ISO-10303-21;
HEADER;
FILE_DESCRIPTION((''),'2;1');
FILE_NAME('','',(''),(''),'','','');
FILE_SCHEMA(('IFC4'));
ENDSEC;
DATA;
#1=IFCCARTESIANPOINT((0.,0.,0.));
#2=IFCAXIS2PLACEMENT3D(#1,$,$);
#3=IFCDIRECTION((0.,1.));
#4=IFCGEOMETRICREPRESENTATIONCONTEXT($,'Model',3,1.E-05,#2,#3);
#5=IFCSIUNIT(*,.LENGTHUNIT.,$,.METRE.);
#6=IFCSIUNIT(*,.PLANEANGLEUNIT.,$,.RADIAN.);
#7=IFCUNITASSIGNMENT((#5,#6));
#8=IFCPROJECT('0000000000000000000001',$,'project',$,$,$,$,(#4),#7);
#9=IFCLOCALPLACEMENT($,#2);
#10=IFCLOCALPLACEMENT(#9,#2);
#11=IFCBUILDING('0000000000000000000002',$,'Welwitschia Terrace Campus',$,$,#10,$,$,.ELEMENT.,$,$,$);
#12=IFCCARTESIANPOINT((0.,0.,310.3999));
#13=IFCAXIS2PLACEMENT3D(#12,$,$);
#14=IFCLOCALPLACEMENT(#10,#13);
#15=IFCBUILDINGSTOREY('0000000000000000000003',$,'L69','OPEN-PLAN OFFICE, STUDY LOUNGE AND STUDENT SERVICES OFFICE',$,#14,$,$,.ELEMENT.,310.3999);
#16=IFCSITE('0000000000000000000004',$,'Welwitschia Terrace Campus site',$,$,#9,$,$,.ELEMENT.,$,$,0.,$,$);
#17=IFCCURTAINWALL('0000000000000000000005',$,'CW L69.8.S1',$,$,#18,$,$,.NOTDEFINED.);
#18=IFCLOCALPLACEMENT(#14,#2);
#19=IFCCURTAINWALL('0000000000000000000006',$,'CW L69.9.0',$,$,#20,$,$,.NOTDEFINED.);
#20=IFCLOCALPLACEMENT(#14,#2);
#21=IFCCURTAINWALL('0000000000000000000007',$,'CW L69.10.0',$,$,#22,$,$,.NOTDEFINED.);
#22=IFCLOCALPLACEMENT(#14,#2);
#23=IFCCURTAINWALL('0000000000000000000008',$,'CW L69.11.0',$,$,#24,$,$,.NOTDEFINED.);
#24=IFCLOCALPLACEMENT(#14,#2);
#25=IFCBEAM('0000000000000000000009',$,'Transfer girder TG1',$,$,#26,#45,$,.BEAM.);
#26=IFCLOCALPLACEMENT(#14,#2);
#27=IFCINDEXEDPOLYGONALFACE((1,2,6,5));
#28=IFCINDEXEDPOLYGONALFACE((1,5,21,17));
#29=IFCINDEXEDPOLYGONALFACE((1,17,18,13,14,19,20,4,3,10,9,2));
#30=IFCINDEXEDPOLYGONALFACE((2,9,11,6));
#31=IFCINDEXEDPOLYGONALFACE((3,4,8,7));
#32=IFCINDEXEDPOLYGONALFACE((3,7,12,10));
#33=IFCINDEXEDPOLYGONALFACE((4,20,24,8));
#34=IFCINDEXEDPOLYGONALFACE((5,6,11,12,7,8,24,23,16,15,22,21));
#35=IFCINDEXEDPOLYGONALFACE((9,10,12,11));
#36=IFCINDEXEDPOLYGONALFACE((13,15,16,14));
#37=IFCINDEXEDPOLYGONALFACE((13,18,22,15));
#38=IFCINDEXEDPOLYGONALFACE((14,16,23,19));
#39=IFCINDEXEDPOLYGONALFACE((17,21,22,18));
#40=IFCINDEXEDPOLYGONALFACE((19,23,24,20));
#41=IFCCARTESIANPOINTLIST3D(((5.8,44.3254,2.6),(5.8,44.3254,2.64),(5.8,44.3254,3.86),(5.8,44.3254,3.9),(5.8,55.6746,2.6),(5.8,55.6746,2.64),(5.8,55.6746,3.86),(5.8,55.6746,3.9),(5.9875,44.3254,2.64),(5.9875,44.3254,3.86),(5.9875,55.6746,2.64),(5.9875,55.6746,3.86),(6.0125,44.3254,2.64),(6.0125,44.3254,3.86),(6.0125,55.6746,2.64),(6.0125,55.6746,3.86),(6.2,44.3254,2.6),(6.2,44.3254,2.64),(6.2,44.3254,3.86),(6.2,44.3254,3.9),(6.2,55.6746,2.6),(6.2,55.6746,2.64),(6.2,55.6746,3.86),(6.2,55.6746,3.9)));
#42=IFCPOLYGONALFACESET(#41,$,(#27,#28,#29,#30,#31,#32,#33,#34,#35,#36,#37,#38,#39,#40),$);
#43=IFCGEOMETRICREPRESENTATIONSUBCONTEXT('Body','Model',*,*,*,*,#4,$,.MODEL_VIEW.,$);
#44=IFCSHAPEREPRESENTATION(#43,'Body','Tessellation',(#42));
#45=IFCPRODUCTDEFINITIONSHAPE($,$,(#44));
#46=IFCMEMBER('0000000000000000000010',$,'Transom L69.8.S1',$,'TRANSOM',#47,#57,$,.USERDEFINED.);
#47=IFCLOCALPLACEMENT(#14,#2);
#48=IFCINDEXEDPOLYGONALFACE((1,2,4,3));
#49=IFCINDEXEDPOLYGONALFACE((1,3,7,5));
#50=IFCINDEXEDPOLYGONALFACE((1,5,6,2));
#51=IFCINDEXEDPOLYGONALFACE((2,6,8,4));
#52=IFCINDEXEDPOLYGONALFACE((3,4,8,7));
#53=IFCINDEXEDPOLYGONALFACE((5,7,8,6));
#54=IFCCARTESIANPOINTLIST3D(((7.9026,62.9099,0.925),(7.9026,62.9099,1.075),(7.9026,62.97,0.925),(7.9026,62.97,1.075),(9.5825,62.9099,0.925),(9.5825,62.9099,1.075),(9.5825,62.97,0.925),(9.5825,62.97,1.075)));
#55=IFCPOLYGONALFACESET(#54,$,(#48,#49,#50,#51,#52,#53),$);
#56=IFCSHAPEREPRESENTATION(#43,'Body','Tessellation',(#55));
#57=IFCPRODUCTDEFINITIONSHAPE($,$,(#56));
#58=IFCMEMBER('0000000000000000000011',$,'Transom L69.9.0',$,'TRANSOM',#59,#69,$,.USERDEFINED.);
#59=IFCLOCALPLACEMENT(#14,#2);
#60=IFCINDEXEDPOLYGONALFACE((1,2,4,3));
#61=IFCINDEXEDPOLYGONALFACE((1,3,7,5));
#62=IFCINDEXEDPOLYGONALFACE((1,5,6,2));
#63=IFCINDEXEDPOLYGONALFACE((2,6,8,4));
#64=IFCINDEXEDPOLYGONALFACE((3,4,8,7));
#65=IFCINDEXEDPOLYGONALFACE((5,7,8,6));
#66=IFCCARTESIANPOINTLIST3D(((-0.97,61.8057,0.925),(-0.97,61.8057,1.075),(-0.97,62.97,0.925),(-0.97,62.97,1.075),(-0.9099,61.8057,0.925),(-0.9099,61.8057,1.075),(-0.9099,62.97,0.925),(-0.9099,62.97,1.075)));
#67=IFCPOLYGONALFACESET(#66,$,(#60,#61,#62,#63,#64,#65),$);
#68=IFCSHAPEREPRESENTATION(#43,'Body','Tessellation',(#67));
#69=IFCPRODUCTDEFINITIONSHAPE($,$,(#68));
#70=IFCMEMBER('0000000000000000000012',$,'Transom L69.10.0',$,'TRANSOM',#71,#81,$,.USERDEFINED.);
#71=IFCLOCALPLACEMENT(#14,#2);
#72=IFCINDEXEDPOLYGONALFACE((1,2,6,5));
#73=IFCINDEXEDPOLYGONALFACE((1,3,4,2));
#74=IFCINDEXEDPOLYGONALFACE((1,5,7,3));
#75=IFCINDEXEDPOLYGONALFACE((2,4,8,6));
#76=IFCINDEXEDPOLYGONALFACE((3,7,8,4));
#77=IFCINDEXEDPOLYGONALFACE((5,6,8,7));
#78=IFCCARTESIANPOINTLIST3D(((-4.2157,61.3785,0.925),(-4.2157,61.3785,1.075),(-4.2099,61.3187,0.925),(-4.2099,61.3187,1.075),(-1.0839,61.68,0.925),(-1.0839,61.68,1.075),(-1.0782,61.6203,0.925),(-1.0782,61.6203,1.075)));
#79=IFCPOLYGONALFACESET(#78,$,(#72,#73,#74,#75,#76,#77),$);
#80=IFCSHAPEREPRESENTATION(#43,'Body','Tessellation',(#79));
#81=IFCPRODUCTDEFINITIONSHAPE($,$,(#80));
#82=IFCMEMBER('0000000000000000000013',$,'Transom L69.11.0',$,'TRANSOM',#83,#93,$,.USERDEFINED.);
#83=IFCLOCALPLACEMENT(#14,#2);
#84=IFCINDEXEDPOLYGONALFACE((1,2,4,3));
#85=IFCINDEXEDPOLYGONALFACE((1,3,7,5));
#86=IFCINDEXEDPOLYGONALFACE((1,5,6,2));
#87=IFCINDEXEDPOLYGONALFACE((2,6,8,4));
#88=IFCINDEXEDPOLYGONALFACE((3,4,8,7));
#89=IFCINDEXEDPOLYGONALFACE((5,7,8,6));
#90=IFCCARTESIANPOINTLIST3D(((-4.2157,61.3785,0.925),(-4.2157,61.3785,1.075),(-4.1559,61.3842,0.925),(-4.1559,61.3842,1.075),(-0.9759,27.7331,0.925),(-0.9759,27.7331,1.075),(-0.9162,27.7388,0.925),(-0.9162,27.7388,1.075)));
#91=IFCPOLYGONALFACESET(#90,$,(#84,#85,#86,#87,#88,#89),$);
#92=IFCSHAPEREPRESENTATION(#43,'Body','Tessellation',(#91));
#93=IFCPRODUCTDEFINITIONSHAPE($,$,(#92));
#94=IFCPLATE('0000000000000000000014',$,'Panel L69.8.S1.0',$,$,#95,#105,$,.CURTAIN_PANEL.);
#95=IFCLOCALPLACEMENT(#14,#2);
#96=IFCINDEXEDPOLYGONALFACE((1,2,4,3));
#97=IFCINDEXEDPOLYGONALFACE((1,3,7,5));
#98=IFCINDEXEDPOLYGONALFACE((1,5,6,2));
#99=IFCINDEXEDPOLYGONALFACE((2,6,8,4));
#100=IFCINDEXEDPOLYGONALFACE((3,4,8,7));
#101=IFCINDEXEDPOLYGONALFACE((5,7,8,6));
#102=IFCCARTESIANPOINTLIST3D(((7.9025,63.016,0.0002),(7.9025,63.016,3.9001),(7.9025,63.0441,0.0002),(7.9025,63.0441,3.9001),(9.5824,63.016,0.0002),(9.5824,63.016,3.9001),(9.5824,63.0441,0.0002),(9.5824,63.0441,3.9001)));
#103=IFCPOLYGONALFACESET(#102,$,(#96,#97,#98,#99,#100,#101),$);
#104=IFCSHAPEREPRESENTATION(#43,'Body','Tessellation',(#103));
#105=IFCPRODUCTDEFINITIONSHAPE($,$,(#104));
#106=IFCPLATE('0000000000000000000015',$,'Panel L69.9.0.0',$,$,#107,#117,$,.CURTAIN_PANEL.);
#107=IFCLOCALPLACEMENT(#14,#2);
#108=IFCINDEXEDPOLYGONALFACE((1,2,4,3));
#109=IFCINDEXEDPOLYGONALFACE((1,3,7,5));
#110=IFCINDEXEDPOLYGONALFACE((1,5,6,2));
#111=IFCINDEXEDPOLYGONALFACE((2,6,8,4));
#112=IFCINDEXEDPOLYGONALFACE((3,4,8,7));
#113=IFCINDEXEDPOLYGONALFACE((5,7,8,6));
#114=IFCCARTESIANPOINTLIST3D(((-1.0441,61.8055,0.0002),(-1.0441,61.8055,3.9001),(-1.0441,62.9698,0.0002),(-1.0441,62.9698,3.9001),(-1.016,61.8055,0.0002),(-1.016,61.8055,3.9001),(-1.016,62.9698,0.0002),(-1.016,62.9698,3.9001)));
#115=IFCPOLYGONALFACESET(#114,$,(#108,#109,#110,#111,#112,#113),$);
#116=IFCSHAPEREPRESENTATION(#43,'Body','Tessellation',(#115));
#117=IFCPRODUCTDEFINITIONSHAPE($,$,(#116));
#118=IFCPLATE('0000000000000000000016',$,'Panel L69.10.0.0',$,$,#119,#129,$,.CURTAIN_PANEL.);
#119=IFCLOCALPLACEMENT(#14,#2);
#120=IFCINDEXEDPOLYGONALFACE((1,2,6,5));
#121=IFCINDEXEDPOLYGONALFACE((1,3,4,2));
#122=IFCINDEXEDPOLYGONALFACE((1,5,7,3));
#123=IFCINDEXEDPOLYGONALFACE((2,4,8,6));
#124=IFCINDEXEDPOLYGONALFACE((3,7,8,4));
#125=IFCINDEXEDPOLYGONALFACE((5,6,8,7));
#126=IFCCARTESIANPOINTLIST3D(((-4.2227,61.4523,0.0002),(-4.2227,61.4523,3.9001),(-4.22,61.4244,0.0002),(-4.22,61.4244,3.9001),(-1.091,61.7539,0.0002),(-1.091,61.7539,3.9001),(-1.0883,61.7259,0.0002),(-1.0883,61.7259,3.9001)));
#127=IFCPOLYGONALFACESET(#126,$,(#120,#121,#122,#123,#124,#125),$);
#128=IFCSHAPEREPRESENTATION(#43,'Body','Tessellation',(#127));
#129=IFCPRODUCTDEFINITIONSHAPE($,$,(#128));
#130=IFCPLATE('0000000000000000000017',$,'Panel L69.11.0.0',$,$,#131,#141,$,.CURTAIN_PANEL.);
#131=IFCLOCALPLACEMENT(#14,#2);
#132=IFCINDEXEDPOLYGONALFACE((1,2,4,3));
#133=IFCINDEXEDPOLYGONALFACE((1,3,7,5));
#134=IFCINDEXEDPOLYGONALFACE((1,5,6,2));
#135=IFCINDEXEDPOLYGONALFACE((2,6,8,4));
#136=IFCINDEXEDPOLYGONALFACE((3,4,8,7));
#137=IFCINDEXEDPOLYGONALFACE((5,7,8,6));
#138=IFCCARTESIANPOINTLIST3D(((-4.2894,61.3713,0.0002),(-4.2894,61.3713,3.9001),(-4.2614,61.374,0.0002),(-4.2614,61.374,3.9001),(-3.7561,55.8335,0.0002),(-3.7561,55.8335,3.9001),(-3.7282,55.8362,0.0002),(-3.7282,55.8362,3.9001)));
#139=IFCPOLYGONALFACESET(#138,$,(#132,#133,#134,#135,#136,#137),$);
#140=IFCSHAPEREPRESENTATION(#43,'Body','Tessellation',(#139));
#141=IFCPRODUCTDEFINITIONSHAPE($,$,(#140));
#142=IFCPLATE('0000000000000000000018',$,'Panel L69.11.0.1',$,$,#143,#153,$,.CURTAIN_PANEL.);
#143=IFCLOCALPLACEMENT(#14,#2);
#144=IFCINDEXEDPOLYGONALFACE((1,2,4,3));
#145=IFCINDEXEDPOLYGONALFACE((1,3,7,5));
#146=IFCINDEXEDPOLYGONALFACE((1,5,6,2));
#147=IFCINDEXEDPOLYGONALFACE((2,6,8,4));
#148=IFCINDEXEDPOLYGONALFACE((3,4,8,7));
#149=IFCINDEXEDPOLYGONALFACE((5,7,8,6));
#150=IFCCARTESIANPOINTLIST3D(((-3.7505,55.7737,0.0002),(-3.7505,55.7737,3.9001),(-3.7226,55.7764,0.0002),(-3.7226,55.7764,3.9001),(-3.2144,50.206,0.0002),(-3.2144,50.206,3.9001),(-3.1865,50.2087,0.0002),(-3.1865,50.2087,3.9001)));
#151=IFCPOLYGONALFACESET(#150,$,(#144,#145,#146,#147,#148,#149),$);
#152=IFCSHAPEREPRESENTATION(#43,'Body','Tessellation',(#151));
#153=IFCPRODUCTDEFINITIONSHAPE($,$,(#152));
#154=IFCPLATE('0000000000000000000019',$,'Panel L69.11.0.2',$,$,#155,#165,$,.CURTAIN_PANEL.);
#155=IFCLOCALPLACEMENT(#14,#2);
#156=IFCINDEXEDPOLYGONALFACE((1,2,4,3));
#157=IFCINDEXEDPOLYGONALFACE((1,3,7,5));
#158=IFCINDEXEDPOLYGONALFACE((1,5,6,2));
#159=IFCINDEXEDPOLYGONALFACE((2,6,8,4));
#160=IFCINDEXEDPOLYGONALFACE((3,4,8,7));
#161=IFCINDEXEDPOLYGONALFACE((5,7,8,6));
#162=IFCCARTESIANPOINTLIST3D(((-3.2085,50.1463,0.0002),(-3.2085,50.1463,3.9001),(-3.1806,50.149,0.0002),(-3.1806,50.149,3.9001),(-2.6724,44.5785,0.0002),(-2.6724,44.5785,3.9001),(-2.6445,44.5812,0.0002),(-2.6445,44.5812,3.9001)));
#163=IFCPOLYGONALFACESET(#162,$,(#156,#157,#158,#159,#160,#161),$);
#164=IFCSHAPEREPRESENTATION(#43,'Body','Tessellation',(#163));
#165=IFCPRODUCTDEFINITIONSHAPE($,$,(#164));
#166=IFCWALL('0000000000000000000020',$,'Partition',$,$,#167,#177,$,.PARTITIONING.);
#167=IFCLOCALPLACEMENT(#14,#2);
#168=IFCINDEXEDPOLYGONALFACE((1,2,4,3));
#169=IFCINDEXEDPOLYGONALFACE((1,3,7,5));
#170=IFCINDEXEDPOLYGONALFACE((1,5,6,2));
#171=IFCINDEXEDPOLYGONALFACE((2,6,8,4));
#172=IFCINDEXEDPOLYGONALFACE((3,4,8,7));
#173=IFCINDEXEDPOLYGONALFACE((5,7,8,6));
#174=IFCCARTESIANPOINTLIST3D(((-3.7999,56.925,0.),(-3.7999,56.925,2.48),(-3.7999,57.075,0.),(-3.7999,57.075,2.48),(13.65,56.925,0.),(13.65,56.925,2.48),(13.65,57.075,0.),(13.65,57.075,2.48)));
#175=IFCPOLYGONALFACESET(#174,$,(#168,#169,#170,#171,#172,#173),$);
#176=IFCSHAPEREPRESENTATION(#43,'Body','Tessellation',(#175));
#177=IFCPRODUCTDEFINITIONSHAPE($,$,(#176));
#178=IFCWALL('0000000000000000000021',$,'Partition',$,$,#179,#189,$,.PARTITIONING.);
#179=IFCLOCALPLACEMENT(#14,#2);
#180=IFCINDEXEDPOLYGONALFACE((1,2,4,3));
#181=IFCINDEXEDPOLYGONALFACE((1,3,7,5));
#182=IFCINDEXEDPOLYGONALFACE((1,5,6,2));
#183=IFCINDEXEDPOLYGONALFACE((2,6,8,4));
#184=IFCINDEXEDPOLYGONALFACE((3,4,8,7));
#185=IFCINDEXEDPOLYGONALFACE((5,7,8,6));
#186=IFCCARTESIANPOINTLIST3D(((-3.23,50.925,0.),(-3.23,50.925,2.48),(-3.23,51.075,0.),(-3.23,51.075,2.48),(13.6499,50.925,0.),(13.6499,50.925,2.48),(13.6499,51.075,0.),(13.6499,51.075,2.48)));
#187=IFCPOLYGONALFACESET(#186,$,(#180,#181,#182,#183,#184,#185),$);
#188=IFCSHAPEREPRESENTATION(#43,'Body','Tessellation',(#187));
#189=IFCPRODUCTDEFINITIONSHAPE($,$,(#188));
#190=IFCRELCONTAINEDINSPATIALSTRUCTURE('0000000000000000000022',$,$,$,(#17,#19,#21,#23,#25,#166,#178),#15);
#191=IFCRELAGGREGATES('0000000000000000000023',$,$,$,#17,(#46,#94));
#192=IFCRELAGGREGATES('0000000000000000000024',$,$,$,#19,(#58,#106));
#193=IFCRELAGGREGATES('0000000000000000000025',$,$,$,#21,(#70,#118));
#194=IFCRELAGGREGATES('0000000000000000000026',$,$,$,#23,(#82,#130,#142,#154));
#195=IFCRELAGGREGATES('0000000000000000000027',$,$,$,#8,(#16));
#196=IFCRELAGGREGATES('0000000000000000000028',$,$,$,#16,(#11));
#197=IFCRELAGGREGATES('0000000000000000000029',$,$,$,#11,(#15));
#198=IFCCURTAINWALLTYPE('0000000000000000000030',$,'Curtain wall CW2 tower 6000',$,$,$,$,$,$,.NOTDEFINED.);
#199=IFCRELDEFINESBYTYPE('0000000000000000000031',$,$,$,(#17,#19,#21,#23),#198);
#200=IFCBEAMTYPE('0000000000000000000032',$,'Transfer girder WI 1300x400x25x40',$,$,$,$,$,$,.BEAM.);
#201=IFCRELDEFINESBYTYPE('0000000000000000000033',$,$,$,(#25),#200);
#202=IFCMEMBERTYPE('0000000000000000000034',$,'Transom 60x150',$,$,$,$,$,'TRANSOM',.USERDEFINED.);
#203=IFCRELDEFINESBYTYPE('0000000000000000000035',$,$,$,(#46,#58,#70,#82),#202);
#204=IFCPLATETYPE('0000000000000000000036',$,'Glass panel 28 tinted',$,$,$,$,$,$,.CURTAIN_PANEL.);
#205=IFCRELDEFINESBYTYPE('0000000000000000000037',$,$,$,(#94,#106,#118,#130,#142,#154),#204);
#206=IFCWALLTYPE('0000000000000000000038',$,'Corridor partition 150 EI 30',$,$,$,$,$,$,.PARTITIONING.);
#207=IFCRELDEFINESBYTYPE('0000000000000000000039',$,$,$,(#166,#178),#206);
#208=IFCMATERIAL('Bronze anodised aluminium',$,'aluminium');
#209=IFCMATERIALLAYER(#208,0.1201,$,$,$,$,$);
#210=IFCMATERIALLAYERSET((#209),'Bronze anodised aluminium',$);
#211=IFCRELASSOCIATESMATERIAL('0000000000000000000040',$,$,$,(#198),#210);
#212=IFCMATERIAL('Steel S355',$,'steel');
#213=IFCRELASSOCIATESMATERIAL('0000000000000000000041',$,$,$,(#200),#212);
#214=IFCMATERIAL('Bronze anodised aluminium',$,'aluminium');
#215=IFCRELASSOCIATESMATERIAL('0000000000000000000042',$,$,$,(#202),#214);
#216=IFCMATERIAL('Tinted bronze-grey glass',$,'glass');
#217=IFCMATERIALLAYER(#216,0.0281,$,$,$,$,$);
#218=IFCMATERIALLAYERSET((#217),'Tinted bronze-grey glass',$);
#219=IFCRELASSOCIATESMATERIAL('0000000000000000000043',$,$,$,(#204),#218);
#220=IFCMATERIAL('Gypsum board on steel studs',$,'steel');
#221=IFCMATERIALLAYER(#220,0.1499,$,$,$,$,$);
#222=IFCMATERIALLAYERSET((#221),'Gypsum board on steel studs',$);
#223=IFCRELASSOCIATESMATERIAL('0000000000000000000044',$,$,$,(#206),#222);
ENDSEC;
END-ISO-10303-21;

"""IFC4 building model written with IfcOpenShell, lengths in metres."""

from ifc_helpers import new_model, si_unit, direction, frame, frame_2d, origin, origin_2d, place, context, subcontext, project, spatial, rectangle, i_section, extrude, material, layer, layer_set, material_profile, profile_set, type_object, element, aggregate, save


model = new_model("IFC4")

# Units and contexts
model_context = context("Model", 3, precision=1e-05, world=origin(), true_north=direction((0.0, 1.0)))
body_context = subcontext(model_context, "Body", "Model", "MODEL_VIEW")
ifc_project = project(units=[si_unit("LENGTHUNIT", "METRE"), si_unit("PLANEANGLEUNIT", "RADIAN")], contexts=[model_context])

# Site, building, storey
site_placement = place(None, origin())
site = spatial("IfcSite", under=ifc_project, at=site_placement, Name="Welwitschia Terrace Campus site", CompositionType="ELEMENT", RefElevation=0.0)
building_placement = place(site_placement, origin())
building = spatial("IfcBuilding", under=site, at=building_placement, Name="Welwitschia Terrace Campus", CompositionType="ELEMENT")
storey_placement = place(building_placement, frame((0.0, 0.0, 310.3999)))
storey = spatial("IfcBuildingStorey", under=building, at=storey_placement, Name="L69", Description="OPEN-PLAN OFFICE, STUDY LOUNGE AND STUDENT SERVICES OFFICE", CompositionType="ELEMENT", Elevation=310.3999)

# Curtain walls
ifc_material_1 = material(Name="Bronze anodised aluminium", Category="aluminium")
ifc_layer_1 = layer(ifc_material_1, 0.1201)
ifc_layer_set_1 = layer_set([ifc_layer_1], Name="Bronze anodised aluminium")
curtain_wall_type = type_object("IfcCurtainWallType", Name="Curtain wall CW2 tower 6000", PredefinedType="NOTDEFINED", material=ifc_layer_set_1)
curtain_wall_1_placement = place(storey_placement, origin())
curtain_wall_1 = element("IfcCurtainWall", 1, at=curtain_wall_1_placement, inside=storey, type_object=curtain_wall_type, Name="CW L69.8.S1", PredefinedType="NOTDEFINED")
curtain_wall_2_placement = place(storey_placement, origin())
curtain_wall_2 = element("IfcCurtainWall", 2, at=curtain_wall_2_placement, inside=storey, type_object=curtain_wall_type, Name="CW L69.9.0", PredefinedType="NOTDEFINED")
curtain_wall_3_placement = place(storey_placement, origin())
curtain_wall_3 = element("IfcCurtainWall", 3, at=curtain_wall_3_placement, inside=storey, type_object=curtain_wall_type, Name="CW L69.10.0", PredefinedType="NOTDEFINED")
curtain_wall_4_placement = place(storey_placement, origin())
curtain_wall_4 = element("IfcCurtainWall", 4, at=curtain_wall_4_placement, inside=storey, type_object=curtain_wall_type, Name="CW L69.11.0", PredefinedType="NOTDEFINED")

# Beam
ifc_material_2 = material(Name="Steel S355", Category="steel")
ifc_material_profile_1 = material_profile(ifc_material_2, i_section(OverallWidth=0.3999, OverallDepth=1.3, WebThickness=0.0249, FlangeThickness=0.04, at=origin_2d()))
ifc_profile_set_1 = profile_set([ifc_material_profile_1], Name="Steel S355")
beam_type_1 = type_object("IfcBeamType", Name="Transfer girder WI 1300x400x25x40", PredefinedType="BEAM", material=ifc_profile_set_1)
beam_1_placement = place(storey_placement, frame((6.0, 44.3254, 3.25), z_axis=(0.0, 1.0, 0.0), x_axis=(-1.0, 0.0, 0.0)))
element("IfcBeam", 5, at=beam_1_placement, inside=storey, type_object=beam_type_1, Name="Transfer girder TG1", PredefinedType="BEAM", context=body_context, shape_type="SweptSolid", body=[
    extrude(i_section(OverallWidth=0.3999, OverallDepth=1.3, WebThickness=0.0249, FlangeThickness=0.04, at=origin_2d()), origin(), (0.0, 0.0, 1.0), 11.3491),
])

# Members
ifc_material_3 = material(Name="Bronze anodised aluminium", Category="aluminium")
ifc_material_profile_2 = material_profile(ifc_material_3, rectangle(XDim=0.0601, YDim=0.1499, at=origin_2d()))
ifc_profile_set_2 = profile_set([ifc_material_profile_2], Name="Bronze anodised aluminium")
member_type_1 = type_object("IfcMemberType", Name="Transom 60x150", ElementType="TRANSOM", PredefinedType="USERDEFINED", material=ifc_profile_set_2)
member_1_placement = place(storey_placement, frame((9.5825, 62.9399, 1.0), z_axis=(-1.0, 0.0, 0.0), x_axis=(0.0, -1.0, 0.0)))
member_1 = element("IfcMember", 6, at=member_1_placement, type_object=member_type_1, Name="Transom L69.8.S1", ObjectType="TRANSOM", PredefinedType="USERDEFINED", context=body_context, shape_type="SweptSolid", body=[
    extrude(rectangle(XDim=0.0601, YDim=0.1499, at=origin_2d()), origin(), (0.0, 0.0, 1.0), 1.6799),
])
member_2_placement = place(storey_placement, frame((-0.9399, 62.97, 1.0), z_axis=(0.0, -1.0, 0.0), x_axis=(1.0, 0.0, 0.0)))
member_2 = element("IfcMember", 7, at=member_2_placement, type_object=member_type_1, Name="Transom L69.9.0", ObjectType="TRANSOM", PredefinedType="USERDEFINED", context=body_context, shape_type="SweptSolid", body=[
    extrude(rectangle(XDim=0.0601, YDim=0.1499, at=origin_2d()), origin(), (0.0, 0.0, 1.0), 1.1643),
])
member_3_placement = place(storey_placement, frame((-1.0811, 61.6501, 1.0), z_axis=(-0.995398, -0.095831, 0.0), x_axis=(0.095831, -0.995398, 0.0)))
member_3 = element("IfcMember", 8, at=member_3_placement, type_object=member_type_1, Name="Transom L69.10.0", ObjectType="TRANSOM", PredefinedType="USERDEFINED", context=body_context, shape_type="SweptSolid", body=[
    extrude(rectangle(XDim=0.0601, YDim=0.1499, at=origin_2d()), origin(), (0.0, 0.0, 1.0), 3.1462),
])
member_4_placement = place(storey_placement, frame((-4.1858, 61.3813, 1.0), z_axis=(0.095847, -0.995396, 0.0), x_axis=(0.995396, 0.095847, 0.0)))
member_4 = element("IfcMember", 9, at=member_4_placement, type_object=member_type_1, Name="Transom L69.11.0", ObjectType="TRANSOM", PredefinedType="USERDEFINED", context=body_context, shape_type="SweptSolid", body=[
    extrude(rectangle(XDim=0.0601, YDim=0.1499, at=origin_2d()), origin(), (0.0, 0.0, 1.0), 33.801),
])

# Plates
ifc_material_4 = material(Name="Tinted bronze-grey glass", Category="glass")
ifc_layer_2 = layer(ifc_material_4, 0.0281)
ifc_layer_set_2 = layer_set([ifc_layer_2], Name="Tinted bronze-grey glass")
plate_type = type_object("IfcPlateType", Name="Glass panel 28 tinted", PredefinedType="CURTAIN_PANEL", material=ifc_layer_set_2)
plate_1_placement = place(storey_placement, frame((8.7424, 63.03, 0.0002), z_axis=(0.0, 0.0, 1.0), x_axis=(-1.0, 0.0, 0.0)))
plate_1 = element("IfcPlate", 10, at=plate_1_placement, type_object=plate_type, Name="Panel L69.8.S1.0", PredefinedType="CURTAIN_PANEL", context=body_context, shape_type="SweptSolid", body=[
    extrude(rectangle(XDim=1.6799, YDim=0.0281, at=origin_2d()), origin(), (0.0, 0.0, 1.0), 3.8999),
])
aggregate(curtain_wall_1, [member_1, plate_1])
plate_2_placement = place(storey_placement, frame((-1.03, 62.3877, 0.0002), z_axis=(0.0, 0.0, 1.0), x_axis=(0.0, -1.0, 0.0)))
plate_2 = element("IfcPlate", 11, at=plate_2_placement, type_object=plate_type, Name="Panel L69.9.0.0", PredefinedType="CURTAIN_PANEL", context=body_context, shape_type="SweptSolid", body=[
    extrude(rectangle(XDim=1.1643, YDim=0.0281, at=origin_2d()), origin(), (0.0, 0.0, 1.0), 3.8999),
])
aggregate(curtain_wall_2, [member_2, plate_2])
plate_3_placement = place(storey_placement, frame((-2.6555, 61.5891, 0.0002), z_axis=(0.0, 0.0, 1.0), x_axis=(-0.995396, -0.095846, 0.0)))
plate_3 = element("IfcPlate", 12, at=plate_3_placement, type_object=plate_type, Name="Panel L69.10.0.0", PredefinedType="CURTAIN_PANEL", context=body_context, shape_type="SweptSolid", body=[
    extrude(rectangle(XDim=3.1462, YDim=0.0281, at=origin_2d()), origin(), (0.0, 0.0, 1.0), 3.8999),
])
aggregate(curtain_wall_3, [member_3, plate_3])
plate_4_placement = place(storey_placement, frame((-4.0088, 58.6038, 0.0002), z_axis=(0.0, 0.0, 1.0), x_axis=(0.095846, -0.995396, 0.0)))
plate_4 = element("IfcPlate", 13, at=plate_4_placement, type_object=plate_type, Name="Panel L69.11.0.0", PredefinedType="CURTAIN_PANEL", context=body_context, shape_type="SweptSolid", body=[
    extrude(rectangle(XDim=5.5635, YDim=0.0281, at=origin_2d()), origin(), (0.0, 0.0, 1.0), 3.8999),
])
plate_5_placement = place(storey_placement, frame((-3.4685, 52.9912, 0.0002), z_axis=(0.0, 0.0, 1.0), x_axis=(0.095846, -0.995396, 0.0)))
plate_5 = element("IfcPlate", 14, at=plate_5_placement, type_object=plate_type, Name="Panel L69.11.0.1", PredefinedType="CURTAIN_PANEL", context=body_context, shape_type="SweptSolid", body=[
    extrude(rectangle(XDim=5.5935, YDim=0.0281, at=origin_2d()), origin(), (0.0, 0.0, 1.0), 3.8999),
])
plate_6_placement = place(storey_placement, frame((-2.9265, 47.3638, 0.0002), z_axis=(0.0, 0.0, 1.0), x_axis=(0.095846, -0.995396, 0.0)))
plate_6 = element("IfcPlate", 15, at=plate_6_placement, type_object=plate_type, Name="Panel L69.11.0.2", PredefinedType="CURTAIN_PANEL", context=body_context, shape_type="SweptSolid", body=[
    extrude(rectangle(XDim=5.5935, YDim=0.0281, at=origin_2d()), origin(), (0.0, 0.0, 1.0), 3.8999),
])
aggregate(curtain_wall_4, [member_4, plate_4, plate_5, plate_6])

# Walls
ifc_material_5 = material(Name="Gypsum board on steel studs", Category="steel")
ifc_layer_3 = layer(ifc_material_5, 0.1499)
ifc_layer_set_3 = layer_set([ifc_layer_3], Name="Gypsum board on steel studs")
wall_type_1 = type_object("IfcWallType", Name="Corridor partition 150 EI 30", PredefinedType="PARTITIONING", material=ifc_layer_set_3)
wall_1_placement = place(storey_placement, frame((-3.8, 57.0, 0.0), z_axis=(0.0, 0.0, 1.0), x_axis=(1.0, 0.0, 0.0)))
element("IfcWall", 16, at=wall_1_placement, inside=storey, type_object=wall_type_1, Name="Partition", PredefinedType="PARTITIONING", context=body_context, shape_type="SweptSolid", body=[
    extrude(rectangle(XDim=17.45, YDim=0.1499, at=frame_2d((8.7251, 0.0))), origin(), (0.0, 0.0, 1.0), 2.48),
])
wall_2_placement = place(storey_placement, frame((-3.23, 51.0, 0.0), z_axis=(0.0, 0.0, 1.0), x_axis=(1.0, 0.0, 0.0)))
element("IfcWall", 17, at=wall_2_placement, inside=storey, type_object=wall_type_1, Name="Partition", PredefinedType="PARTITIONING", context=body_context, shape_type="SweptSolid", body=[
    extrude(rectangle(XDim=16.8799, YDim=0.1499, at=frame_2d((8.4399, 0.0))), origin(), (0.0, 0.0, 1.0), 2.48),
])

save(model, "model.ifc")
